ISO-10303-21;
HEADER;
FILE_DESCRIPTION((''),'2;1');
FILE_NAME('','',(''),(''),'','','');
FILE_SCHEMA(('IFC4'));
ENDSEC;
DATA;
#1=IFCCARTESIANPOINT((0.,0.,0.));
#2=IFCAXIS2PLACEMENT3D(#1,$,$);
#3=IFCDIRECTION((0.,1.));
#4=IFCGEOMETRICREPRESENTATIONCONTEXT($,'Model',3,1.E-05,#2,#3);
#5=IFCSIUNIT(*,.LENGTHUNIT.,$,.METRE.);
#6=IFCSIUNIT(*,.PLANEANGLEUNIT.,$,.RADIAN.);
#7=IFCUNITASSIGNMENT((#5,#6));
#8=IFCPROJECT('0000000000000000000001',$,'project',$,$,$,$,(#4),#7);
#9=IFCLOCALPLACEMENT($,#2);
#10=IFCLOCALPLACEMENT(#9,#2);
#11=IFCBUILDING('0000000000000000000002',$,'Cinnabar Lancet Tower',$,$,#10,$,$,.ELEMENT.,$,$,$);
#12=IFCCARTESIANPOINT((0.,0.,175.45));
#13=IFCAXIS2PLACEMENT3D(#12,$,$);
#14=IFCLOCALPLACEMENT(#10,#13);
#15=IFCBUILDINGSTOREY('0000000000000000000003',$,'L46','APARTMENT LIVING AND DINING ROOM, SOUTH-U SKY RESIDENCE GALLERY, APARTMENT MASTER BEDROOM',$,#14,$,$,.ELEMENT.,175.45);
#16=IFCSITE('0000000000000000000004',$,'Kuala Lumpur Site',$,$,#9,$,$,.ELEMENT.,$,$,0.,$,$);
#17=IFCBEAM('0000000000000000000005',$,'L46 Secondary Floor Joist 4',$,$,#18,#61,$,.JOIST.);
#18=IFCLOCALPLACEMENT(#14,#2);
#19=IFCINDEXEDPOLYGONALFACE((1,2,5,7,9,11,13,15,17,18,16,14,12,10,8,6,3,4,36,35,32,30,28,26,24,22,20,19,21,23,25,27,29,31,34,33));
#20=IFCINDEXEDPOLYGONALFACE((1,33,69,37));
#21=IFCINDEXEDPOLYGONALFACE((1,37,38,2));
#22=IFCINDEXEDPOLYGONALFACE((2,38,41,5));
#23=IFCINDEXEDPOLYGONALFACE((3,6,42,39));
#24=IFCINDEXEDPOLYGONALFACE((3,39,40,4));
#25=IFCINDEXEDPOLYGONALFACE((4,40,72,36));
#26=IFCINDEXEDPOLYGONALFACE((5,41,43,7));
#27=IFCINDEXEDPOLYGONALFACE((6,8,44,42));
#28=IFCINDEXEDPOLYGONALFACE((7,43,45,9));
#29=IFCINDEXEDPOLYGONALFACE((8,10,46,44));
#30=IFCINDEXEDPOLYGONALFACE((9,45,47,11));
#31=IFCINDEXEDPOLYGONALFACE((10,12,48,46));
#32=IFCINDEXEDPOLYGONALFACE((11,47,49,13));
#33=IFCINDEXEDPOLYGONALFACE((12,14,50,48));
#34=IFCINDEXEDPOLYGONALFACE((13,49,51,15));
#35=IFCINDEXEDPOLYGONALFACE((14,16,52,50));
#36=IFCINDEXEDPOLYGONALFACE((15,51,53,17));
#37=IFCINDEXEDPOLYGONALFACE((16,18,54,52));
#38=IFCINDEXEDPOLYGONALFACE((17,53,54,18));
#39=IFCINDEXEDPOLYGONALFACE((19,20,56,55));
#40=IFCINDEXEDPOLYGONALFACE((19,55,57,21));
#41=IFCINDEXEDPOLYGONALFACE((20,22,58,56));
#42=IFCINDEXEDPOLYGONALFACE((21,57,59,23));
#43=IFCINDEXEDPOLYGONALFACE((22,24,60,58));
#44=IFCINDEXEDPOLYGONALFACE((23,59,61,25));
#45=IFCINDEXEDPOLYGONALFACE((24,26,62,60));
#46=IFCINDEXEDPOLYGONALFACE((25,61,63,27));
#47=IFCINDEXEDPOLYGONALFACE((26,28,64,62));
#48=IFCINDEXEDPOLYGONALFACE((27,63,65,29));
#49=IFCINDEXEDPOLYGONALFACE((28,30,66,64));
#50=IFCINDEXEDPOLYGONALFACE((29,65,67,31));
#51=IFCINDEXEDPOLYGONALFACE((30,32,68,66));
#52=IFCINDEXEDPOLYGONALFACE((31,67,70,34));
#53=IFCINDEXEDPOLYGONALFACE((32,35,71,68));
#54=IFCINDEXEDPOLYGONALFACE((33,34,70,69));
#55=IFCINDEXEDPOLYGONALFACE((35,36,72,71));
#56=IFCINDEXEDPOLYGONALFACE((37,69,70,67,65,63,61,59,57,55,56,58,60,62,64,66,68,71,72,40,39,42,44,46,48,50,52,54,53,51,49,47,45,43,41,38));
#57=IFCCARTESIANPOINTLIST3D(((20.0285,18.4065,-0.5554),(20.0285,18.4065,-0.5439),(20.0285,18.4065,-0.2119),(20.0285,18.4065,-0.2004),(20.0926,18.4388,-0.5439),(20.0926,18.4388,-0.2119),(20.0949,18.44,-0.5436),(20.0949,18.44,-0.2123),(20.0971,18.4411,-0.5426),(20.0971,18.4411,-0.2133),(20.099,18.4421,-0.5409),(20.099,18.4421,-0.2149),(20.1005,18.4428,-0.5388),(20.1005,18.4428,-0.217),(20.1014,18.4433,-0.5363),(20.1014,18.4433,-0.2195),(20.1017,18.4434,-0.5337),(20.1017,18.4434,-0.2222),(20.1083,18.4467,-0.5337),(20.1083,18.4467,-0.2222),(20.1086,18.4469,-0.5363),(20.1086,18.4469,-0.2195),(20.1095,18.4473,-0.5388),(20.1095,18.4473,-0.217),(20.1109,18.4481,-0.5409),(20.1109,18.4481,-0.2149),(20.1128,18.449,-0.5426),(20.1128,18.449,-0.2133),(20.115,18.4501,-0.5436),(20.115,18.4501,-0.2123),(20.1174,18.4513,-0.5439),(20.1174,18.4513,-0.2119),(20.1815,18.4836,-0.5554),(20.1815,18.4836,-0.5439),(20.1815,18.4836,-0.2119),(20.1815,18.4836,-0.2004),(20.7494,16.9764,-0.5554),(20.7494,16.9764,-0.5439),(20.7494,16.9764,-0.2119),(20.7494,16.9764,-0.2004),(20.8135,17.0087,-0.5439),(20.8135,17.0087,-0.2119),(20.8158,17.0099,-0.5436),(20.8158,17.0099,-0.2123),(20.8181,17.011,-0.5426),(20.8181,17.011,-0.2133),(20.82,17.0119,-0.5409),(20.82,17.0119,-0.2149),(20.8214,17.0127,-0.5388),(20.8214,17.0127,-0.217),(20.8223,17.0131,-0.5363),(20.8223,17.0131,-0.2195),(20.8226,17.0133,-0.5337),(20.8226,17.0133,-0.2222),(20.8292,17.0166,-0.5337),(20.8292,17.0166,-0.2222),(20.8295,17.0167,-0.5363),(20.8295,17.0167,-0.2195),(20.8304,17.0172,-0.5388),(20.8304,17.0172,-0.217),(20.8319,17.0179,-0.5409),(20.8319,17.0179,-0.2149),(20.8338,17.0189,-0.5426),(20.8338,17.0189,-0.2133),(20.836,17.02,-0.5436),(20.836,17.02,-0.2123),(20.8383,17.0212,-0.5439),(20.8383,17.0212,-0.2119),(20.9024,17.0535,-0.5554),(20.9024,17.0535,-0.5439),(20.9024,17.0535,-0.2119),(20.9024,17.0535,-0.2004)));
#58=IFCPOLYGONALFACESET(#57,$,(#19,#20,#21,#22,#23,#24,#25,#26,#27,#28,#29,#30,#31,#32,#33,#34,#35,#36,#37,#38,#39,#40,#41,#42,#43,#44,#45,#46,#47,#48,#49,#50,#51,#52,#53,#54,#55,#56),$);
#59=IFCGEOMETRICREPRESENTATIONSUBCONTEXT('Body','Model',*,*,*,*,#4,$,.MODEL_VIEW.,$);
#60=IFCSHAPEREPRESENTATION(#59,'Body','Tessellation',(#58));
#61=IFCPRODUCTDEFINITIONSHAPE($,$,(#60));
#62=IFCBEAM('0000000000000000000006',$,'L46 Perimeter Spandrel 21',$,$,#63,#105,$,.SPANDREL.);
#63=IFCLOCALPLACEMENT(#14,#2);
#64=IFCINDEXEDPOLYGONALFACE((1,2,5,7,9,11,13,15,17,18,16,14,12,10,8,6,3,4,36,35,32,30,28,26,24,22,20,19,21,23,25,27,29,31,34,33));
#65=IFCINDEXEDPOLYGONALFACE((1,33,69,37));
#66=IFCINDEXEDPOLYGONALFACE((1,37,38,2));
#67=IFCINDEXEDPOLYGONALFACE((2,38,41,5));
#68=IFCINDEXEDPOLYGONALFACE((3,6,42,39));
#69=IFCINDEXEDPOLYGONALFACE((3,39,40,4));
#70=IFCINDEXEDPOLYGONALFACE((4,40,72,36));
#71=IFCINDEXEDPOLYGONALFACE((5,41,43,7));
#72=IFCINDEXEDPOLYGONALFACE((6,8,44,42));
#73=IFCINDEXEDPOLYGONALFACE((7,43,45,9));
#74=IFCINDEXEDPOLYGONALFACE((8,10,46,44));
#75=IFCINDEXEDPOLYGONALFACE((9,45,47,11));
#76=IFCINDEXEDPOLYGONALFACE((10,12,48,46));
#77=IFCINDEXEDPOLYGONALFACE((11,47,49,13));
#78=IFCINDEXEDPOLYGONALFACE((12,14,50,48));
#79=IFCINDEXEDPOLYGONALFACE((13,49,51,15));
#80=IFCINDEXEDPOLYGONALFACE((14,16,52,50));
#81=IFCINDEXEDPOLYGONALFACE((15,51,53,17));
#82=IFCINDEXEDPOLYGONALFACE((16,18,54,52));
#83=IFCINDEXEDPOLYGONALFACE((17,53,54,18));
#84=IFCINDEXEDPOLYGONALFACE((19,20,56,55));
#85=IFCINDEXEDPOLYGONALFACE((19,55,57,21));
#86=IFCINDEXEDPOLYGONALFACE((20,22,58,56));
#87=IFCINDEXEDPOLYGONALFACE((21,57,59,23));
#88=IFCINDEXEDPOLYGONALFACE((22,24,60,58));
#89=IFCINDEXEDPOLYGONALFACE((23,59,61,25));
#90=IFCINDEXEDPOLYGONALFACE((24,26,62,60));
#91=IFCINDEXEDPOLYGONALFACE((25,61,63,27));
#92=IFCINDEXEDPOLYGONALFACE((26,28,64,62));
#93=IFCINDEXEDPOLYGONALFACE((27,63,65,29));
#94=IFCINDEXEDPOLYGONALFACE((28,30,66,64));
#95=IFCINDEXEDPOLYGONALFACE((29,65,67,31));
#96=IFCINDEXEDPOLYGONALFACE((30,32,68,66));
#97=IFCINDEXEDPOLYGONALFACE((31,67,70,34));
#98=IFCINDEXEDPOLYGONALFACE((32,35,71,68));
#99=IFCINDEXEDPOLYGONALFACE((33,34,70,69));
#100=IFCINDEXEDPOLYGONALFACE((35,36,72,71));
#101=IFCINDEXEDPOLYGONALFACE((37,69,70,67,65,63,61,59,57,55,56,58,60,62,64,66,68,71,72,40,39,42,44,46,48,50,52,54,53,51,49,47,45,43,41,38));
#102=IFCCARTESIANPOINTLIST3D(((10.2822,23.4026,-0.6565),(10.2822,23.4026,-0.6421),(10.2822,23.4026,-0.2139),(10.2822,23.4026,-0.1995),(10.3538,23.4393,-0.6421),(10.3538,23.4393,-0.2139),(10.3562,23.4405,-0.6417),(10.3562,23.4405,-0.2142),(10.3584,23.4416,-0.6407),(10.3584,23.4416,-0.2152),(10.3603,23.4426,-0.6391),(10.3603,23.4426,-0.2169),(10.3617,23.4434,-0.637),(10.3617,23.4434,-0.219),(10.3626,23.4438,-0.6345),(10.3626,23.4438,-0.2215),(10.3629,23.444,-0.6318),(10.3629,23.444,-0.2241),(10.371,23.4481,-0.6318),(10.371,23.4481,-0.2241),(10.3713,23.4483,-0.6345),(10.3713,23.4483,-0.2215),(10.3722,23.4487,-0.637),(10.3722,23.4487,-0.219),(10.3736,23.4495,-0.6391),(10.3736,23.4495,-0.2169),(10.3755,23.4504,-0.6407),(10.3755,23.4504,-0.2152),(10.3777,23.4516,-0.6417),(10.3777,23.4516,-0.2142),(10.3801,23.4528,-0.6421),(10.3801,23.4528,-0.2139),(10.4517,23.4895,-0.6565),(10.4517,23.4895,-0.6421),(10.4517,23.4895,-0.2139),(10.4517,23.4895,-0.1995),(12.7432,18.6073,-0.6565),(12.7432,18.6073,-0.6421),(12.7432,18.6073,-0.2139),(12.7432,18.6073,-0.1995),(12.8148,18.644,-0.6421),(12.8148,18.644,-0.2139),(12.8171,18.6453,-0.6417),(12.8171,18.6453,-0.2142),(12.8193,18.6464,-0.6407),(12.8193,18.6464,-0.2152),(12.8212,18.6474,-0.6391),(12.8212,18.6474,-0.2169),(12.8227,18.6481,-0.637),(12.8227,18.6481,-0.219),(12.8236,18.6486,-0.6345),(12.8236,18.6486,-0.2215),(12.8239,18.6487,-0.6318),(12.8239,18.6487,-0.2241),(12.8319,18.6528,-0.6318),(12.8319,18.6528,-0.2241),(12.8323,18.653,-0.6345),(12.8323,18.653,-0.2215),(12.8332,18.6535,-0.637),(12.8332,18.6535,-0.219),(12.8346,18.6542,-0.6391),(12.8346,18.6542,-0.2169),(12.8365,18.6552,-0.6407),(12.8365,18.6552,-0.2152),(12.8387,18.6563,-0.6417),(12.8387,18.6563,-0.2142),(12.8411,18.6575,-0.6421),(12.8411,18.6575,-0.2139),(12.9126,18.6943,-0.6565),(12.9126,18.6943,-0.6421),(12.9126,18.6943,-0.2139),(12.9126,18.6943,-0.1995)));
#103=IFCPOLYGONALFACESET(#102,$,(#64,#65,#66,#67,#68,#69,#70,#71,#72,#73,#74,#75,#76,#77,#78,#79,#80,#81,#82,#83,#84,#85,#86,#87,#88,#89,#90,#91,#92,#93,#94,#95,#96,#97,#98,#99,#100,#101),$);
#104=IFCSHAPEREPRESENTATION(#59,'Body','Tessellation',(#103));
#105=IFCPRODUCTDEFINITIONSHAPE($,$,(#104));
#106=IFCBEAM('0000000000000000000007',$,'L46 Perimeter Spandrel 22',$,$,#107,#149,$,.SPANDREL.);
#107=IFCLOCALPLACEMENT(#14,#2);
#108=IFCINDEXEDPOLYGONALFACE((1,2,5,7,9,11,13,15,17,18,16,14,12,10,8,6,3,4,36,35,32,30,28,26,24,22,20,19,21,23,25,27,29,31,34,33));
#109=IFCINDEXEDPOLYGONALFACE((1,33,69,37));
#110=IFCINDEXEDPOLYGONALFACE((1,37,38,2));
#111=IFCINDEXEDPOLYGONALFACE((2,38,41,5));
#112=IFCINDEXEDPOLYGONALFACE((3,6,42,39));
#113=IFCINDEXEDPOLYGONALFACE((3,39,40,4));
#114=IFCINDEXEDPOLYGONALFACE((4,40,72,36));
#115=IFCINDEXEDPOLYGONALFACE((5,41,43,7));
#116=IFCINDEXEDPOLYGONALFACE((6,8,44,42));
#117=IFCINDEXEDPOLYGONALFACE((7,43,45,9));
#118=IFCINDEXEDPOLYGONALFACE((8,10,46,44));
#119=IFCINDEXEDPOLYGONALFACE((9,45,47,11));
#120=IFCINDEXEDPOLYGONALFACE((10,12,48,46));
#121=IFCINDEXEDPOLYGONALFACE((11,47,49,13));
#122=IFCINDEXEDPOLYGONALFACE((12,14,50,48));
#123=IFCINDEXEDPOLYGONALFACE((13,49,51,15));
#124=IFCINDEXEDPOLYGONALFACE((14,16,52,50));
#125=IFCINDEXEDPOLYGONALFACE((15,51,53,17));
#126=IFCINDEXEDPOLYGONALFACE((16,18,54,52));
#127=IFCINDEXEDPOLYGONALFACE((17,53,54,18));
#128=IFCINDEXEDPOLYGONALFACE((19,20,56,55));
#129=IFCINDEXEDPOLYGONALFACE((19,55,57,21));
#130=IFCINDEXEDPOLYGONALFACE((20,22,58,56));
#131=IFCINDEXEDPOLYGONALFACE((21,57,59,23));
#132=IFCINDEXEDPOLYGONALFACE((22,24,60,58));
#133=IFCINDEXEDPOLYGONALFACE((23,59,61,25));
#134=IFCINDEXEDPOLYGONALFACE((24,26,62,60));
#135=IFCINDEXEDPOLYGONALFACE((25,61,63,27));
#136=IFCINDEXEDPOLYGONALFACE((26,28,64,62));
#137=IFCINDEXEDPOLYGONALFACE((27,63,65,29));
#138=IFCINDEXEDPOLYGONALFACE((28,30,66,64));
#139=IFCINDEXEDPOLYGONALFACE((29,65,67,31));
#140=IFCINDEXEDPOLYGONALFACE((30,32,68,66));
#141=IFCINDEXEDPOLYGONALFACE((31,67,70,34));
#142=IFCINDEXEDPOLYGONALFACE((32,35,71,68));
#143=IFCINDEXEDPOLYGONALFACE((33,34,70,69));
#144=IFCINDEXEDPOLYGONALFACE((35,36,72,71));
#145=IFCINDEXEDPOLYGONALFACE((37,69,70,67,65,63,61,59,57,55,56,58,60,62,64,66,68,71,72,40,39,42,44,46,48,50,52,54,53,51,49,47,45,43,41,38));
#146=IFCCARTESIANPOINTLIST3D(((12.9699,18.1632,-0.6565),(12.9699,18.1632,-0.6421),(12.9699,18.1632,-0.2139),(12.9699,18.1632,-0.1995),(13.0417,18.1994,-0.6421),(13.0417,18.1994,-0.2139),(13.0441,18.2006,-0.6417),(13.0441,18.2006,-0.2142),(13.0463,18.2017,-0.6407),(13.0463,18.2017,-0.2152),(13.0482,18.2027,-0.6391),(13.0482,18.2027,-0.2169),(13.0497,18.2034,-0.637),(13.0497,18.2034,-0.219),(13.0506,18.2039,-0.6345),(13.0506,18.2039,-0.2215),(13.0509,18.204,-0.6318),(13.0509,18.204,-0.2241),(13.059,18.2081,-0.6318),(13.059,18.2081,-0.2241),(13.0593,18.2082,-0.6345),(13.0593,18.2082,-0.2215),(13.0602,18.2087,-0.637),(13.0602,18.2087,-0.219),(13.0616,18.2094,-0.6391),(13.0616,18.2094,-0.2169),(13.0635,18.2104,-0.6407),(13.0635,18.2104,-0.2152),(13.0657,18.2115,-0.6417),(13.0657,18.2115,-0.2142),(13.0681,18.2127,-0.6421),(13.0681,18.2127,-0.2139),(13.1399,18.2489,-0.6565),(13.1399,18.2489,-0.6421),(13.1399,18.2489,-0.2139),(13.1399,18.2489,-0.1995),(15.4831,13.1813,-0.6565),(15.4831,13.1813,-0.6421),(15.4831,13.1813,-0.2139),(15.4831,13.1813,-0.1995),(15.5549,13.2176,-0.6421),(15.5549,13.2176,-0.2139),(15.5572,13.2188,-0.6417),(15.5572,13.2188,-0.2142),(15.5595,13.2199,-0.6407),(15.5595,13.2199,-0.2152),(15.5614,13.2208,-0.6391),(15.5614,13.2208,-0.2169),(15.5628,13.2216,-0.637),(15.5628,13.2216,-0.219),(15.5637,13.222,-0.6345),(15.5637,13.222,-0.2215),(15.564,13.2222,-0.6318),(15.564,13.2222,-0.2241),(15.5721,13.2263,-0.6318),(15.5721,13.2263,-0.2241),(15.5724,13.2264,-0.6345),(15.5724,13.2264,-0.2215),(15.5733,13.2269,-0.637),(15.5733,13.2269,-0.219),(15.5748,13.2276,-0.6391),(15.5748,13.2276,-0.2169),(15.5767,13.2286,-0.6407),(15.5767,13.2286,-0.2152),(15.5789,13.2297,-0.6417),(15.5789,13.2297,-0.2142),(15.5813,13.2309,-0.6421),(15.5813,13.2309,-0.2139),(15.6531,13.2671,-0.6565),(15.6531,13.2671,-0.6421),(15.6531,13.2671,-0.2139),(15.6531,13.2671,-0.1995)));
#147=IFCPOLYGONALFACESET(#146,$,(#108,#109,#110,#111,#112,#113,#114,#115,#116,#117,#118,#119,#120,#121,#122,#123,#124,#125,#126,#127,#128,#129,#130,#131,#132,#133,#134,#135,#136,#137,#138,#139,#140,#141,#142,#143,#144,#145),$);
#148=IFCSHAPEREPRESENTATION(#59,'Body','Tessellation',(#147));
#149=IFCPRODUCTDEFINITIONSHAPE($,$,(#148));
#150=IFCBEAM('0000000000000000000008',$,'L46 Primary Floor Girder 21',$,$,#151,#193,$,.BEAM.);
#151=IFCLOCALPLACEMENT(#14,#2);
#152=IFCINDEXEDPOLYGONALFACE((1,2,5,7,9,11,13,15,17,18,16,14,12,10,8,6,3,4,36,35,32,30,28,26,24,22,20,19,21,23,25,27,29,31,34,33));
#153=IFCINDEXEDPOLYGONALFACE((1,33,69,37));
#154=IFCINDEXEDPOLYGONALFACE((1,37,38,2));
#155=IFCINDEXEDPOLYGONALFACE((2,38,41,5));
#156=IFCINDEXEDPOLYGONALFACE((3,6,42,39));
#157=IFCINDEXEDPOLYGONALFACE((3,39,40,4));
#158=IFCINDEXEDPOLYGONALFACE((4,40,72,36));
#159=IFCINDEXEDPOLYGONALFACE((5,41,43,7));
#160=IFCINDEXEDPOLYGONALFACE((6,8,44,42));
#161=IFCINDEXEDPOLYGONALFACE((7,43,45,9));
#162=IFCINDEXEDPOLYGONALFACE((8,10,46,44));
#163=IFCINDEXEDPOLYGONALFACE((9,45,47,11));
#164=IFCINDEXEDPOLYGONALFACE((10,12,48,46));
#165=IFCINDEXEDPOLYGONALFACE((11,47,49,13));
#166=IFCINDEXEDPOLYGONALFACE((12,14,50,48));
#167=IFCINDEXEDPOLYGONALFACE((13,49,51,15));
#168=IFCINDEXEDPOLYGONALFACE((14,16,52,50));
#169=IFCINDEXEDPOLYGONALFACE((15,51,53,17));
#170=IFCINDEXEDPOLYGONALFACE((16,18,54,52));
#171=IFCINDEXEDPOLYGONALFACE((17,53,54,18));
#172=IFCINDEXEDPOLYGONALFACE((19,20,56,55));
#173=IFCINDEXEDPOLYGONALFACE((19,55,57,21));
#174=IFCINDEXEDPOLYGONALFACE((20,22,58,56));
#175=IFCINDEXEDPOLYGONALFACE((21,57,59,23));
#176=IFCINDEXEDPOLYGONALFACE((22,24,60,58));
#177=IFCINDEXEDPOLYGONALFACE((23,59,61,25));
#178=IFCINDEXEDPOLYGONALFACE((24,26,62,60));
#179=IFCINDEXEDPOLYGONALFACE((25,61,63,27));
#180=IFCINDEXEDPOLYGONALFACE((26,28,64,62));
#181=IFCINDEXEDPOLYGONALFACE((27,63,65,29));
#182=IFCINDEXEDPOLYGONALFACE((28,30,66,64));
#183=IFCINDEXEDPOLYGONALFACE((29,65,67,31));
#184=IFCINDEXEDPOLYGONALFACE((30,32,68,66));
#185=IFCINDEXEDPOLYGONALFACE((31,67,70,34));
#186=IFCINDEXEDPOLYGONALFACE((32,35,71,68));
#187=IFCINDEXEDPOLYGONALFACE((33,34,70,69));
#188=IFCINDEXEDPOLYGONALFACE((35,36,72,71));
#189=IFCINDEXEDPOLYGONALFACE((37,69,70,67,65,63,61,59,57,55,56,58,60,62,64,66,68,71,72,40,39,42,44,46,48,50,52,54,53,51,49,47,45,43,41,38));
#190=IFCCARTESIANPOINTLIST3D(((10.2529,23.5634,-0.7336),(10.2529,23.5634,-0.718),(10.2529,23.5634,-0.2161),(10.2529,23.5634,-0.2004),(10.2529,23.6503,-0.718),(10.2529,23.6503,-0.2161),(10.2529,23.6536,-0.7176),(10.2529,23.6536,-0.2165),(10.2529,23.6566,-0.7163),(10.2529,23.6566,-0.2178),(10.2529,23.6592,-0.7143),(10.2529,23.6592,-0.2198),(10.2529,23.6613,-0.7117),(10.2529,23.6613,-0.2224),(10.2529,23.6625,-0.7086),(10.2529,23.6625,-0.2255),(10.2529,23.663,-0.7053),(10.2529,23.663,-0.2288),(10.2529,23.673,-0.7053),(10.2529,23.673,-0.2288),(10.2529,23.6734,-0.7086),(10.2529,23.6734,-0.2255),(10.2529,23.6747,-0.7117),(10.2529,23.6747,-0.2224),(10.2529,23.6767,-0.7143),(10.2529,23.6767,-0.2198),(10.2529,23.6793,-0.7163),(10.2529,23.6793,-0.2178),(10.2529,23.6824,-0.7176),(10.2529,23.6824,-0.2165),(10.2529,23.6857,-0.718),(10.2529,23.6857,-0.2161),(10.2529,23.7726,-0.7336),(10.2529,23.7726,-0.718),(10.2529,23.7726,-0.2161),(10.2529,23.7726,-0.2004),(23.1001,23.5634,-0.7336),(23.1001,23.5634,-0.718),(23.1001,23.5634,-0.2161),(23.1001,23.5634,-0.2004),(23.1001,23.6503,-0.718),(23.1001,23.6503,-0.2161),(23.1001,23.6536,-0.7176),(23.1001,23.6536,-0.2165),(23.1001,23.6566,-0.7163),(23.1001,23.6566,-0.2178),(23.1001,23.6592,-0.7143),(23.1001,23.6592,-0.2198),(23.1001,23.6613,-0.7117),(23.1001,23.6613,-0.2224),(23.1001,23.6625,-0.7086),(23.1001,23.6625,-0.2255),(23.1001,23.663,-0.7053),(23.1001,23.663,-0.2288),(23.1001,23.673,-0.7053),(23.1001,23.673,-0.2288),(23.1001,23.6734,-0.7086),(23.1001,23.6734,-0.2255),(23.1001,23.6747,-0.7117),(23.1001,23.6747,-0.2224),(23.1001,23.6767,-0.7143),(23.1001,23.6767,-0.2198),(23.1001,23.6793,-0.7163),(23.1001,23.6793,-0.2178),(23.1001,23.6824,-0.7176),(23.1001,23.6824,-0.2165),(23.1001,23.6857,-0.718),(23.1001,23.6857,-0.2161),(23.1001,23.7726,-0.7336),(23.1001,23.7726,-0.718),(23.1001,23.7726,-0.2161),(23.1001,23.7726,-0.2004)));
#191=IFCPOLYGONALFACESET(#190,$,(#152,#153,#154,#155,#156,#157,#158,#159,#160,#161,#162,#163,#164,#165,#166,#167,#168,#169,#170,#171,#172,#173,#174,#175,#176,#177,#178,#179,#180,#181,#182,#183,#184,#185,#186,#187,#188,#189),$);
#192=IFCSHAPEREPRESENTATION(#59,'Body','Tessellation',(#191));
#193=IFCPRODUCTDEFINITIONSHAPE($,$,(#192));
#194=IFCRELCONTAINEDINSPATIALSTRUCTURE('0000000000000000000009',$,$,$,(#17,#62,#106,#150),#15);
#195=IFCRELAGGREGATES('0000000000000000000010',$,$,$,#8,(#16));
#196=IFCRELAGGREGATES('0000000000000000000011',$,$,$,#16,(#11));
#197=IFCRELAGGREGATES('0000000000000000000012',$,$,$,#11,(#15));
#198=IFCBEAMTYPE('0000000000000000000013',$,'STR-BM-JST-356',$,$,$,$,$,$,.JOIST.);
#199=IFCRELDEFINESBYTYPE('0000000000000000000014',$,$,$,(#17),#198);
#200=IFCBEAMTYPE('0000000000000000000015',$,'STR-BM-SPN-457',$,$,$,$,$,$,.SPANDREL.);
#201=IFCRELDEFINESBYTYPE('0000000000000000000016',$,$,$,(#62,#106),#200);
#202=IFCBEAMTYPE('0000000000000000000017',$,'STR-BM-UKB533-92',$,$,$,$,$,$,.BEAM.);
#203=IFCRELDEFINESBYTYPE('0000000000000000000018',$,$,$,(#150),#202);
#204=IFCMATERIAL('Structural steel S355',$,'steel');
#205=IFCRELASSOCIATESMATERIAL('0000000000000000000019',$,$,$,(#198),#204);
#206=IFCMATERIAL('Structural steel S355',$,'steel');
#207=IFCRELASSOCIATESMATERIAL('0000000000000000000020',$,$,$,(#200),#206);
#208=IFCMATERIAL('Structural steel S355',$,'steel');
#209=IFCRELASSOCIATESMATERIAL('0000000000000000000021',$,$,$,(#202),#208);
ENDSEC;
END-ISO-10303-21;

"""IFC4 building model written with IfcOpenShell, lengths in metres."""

from ifc_helpers import new_model, si_unit, direction, frame, origin, origin_2d, place, context, subcontext, project, spatial, i_section, extrude, material, material_profile, profile_set, type_object, element, save


model = new_model("IFC4")

# Units and contexts
model_context = context("Model", 3, precision=1e-05, world=origin(), true_north=direction((0.0, 1.0)))
body_context = subcontext(model_context, "Body", "Model", "MODEL_VIEW")
ifc_project = project(units=[si_unit("LENGTHUNIT", "METRE"), si_unit("PLANEANGLEUNIT", "RADIAN")], contexts=[model_context])

# Site, building, storey
site_placement = place(None, origin())
site = spatial("IfcSite", under=ifc_project, at=site_placement, Name="Kuala Lumpur Site", CompositionType="ELEMENT", RefElevation=0.0)
building_placement = place(site_placement, origin())
building = spatial("IfcBuilding", under=site, at=building_placement, Name="Cinnabar Lancet Tower", CompositionType="ELEMENT")
storey_placement = place(building_placement, frame((0.0, 0.0, 175.45)))
storey = spatial("IfcBuildingStorey", under=building, at=storey_placement, Name="L46", Description="APARTMENT LIVING AND DINING ROOM, SOUTH-U SKY RESIDENCE GALLERY, APARTMENT MASTER BEDROOM", CompositionType="ELEMENT", Elevation=175.45)

# Beams
ifc_material_1 = material(Name="Structural steel S355", Category="steel")
ifc_material_profile_1 = material_profile(ifc_material_1, i_section(OverallWidth=0.1714, OverallDepth=0.355, WebThickness=0.0073, FlangeThickness=0.0115, FilletRadius=0.0103, at=origin_2d()), Name="UKB 356x171x51")
ifc_profile_set_1 = profile_set([ifc_material_profile_1], Name="Structural steel S355")
beam_type_1 = type_object("IfcBeamType", Name="STR-BM-JST-356", PredefinedType="JOIST", material=ifc_profile_set_1)
beam_1_placement = place(storey_placement, frame((20.105, 18.4451, -0.3779), z_axis=(0.450138, -0.892959, 0.0), x_axis=(0.892959, 0.450138, 0.0)))
element("IfcBeam", 1, at=beam_1_placement, inside=storey, type_object=beam_type_1, Name="L46 Secondary Floor Joist 4", PredefinedType="JOIST", context=body_context, shape_type="SweptSolid", body=[
    extrude(i_section(OverallWidth=0.1714, OverallDepth=0.355, WebThickness=0.0073, FlangeThickness=0.0115, FilletRadius=0.0103, at=origin_2d()), origin(), (0.0, 0.0, 1.0), 1.6016),
])
ifc_material_2 = material(Name="Structural steel S355", Category="steel")
ifc_material_profile_2 = material_profile(ifc_material_2, i_section(OverallWidth=0.1904, OverallDepth=0.457, WebThickness=0.009, FlangeThickness=0.0144, FilletRadius=0.0103, at=origin_2d()), Name="UKB 457x191x74")
ifc_profile_set_2 = profile_set([ifc_material_profile_2], Name="Structural steel S355")
beam_type_2 = type_object("IfcBeamType", Name="STR-BM-SPN-457", PredefinedType="SPANDREL", material=ifc_profile_set_2)
beam_2_placement = place(storey_placement, frame((10.3669, 23.446, -0.428), z_axis=(0.456593, -0.889676, 0.0), x_axis=(0.889676, 0.456593, 0.0)))
element("IfcBeam", 2, at=beam_2_placement, inside=storey, type_object=beam_type_2, Name="L46 Perimeter Spandrel 21", PredefinedType="SPANDREL", context=body_context, shape_type="SweptSolid", body=[
    extrude(i_section(OverallWidth=0.1904, OverallDepth=0.457, WebThickness=0.009, FlangeThickness=0.0144, FilletRadius=0.0103, at=origin_2d()), origin(), (0.0, 0.0, 1.0), 5.3899),
])
beam_3_placement = place(storey_placement, frame((13.0549, 18.2061, -0.428), z_axis=(0.450396, -0.892829, 0.0), x_axis=(0.892829, 0.450396, 0.0)))
element("IfcBeam", 3, at=beam_3_placement, inside=storey, type_object=beam_type_2, Name="L46 Perimeter Spandrel 22", PredefinedType="SPANDREL", context=body_context, shape_type="SweptSolid", body=[
    extrude(i_section(OverallWidth=0.1904, OverallDepth=0.457, WebThickness=0.009, FlangeThickness=0.0144, FilletRadius=0.0103, at=origin_2d()), origin(), (0.0, 0.0, 1.0), 5.5798),
])
ifc_material_3 = material(Name="Structural steel S355", Category="steel")
ifc_material_profile_3 = material_profile(ifc_material_3, i_section(OverallWidth=0.2092, OverallDepth=0.5332, WebThickness=0.01, FlangeThickness=0.0156, FilletRadius=0.0127, at=origin_2d()), Name="UKB 533x210x92")
ifc_profile_set_3 = profile_set([ifc_material_profile_3], Name="Structural steel S355")
beam_type_3 = type_object("IfcBeamType", Name="STR-BM-UKB533-92", PredefinedType="BEAM", material=ifc_profile_set_3)
beam_4_placement = place(storey_placement, frame((10.2529, 23.668, -0.467), z_axis=(1.0, 0.0, 0.0), x_axis=(0.0, 1.0, 0.0)))
element("IfcBeam", 4, at=beam_4_placement, inside=storey, type_object=beam_type_3, Name="L46 Primary Floor Girder 21", PredefinedType="BEAM", context=body_context, shape_type="SweptSolid", body=[
    extrude(i_section(OverallWidth=0.2092, OverallDepth=0.5332, WebThickness=0.01, FlangeThickness=0.0156, FilletRadius=0.0127, at=origin_2d()), origin(), (0.0, 0.0, 1.0), 12.8472),
])

save(model, "model.ifc")
